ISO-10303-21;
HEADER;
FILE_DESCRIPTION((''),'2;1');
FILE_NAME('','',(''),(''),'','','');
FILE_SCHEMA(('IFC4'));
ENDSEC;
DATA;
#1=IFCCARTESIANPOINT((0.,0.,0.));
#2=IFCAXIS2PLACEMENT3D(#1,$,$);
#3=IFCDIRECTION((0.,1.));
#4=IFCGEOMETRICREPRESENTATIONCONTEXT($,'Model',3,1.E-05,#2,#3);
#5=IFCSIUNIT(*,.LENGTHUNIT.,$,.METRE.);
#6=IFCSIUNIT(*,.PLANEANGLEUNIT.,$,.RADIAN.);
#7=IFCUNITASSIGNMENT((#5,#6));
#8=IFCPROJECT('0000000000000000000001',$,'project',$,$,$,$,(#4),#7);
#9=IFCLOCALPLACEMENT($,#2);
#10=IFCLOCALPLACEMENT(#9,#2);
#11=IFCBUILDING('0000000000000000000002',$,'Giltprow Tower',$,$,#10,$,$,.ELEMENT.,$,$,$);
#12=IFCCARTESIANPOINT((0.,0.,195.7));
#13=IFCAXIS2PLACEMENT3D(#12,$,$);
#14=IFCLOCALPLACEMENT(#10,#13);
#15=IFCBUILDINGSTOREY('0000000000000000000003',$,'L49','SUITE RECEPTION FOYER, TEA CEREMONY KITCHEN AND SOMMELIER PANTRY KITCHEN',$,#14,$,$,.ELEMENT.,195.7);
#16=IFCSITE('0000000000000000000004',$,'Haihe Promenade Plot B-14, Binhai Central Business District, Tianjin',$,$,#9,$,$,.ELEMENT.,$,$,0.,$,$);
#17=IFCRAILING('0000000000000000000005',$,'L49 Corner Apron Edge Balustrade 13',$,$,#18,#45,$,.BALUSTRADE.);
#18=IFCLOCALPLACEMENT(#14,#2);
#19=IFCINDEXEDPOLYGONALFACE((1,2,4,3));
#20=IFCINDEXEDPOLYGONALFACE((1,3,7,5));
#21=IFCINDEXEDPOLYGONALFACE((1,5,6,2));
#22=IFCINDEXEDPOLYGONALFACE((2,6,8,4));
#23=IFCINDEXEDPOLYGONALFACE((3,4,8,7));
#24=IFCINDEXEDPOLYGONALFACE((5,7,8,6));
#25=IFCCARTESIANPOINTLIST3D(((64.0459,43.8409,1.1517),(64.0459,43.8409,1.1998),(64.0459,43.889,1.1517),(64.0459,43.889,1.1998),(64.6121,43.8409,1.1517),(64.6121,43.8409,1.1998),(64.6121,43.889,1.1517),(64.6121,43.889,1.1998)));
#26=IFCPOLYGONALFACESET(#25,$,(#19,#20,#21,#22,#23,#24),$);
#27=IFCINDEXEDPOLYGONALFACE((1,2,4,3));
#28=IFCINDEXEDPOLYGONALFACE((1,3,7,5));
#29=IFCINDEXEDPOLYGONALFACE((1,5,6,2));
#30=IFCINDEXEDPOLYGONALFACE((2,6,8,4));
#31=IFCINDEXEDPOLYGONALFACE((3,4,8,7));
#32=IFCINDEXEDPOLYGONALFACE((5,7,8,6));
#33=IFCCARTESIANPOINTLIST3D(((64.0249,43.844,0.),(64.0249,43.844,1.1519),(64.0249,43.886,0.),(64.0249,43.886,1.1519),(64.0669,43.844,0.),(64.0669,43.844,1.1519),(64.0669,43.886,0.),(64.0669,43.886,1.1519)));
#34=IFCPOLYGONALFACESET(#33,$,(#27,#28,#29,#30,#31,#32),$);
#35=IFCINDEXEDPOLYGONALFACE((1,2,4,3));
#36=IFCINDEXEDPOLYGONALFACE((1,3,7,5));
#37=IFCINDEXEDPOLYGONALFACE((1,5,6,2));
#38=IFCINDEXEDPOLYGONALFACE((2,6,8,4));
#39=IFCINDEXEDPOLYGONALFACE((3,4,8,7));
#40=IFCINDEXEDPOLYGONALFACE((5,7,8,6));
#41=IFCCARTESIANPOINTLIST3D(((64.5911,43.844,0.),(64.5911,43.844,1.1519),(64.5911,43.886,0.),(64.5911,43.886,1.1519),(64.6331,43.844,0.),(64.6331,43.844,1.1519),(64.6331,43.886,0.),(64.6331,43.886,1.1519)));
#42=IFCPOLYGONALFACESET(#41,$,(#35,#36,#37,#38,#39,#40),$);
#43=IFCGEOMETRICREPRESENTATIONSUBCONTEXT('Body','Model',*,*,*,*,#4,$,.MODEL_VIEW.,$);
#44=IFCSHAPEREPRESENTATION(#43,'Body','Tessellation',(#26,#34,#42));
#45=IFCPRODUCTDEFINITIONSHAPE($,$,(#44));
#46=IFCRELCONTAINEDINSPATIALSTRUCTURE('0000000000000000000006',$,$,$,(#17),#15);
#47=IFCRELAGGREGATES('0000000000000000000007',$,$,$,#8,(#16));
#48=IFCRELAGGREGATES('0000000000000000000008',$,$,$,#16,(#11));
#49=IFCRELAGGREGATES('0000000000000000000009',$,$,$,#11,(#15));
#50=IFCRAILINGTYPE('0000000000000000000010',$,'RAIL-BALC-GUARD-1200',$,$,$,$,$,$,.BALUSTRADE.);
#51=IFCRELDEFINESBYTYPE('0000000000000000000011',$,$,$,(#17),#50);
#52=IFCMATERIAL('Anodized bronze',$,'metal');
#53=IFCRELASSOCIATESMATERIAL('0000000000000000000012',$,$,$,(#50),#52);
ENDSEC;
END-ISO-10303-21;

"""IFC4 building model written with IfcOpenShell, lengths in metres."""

from ifc_helpers import new_model, si_unit, direction, frame, origin, origin_2d, place, context, subcontext, project, spatial, rectangle, extrude, material, type_object, element, save


model = new_model("IFC4")

# Units and contexts
model_context = context("Model", 3, precision=1e-05, world=origin(), true_north=direction((0.0, 1.0)))
body_context = subcontext(model_context, "Body", "Model", "MODEL_VIEW")
ifc_project = project(units=[si_unit("LENGTHUNIT", "METRE"), si_unit("PLANEANGLEUNIT", "RADIAN")], contexts=[model_context])

# Site, building, storey
site_placement = place(None, origin())
site = spatial("IfcSite", under=ifc_project, at=site_placement, Name="Haihe Promenade Plot B-14, Binhai Central Business District, Tianjin", CompositionType="ELEMENT", RefElevation=0.0)
building_placement = place(site_placement, origin())
building = spatial("IfcBuilding", under=site, at=building_placement, Name="Giltprow Tower", CompositionType="ELEMENT")
storey_placement = place(building_placement, frame((0.0, 0.0, 195.7)))
storey = spatial("IfcBuildingStorey", under=building, at=storey_placement, Name="L49", Description="SUITE RECEPTION FOYER, TEA CEREMONY KITCHEN AND SOMMELIER PANTRY KITCHEN", CompositionType="ELEMENT", Elevation=195.7)

# Railing
ifc_material_1 = material(Name="Anodized bronze", Category="metal")
railing_type_1 = type_object("IfcRailingType", Name="RAIL-BALC-GUARD-1200", PredefinedType="BALUSTRADE", material=ifc_material_1)
railing_1_placement = place(storey_placement, frame((64.0459, 43.865, 0.0)))
element("IfcRailing", 1, at=railing_1_placement, inside=storey, type_object=railing_type_1, Name="L49 Corner Apron Edge Balustrade 13", PredefinedType="BALUSTRADE", context=body_context, shape_type="SweptSolid", body=[
    extrude(rectangle(XDim=0.0481, YDim=0.0481, at=origin_2d()), frame((0.0, 0.0, 1.1758), z_axis=(1.0, 0.0, 0.0), x_axis=(0.0, 1.0, 0.0)), (0.0, 0.0, 1.0), 0.5662),
    extrude(rectangle(XDim=0.042, YDim=0.042, at=origin_2d()), origin(), (0.0, 0.0, 1.0), 1.1519),
    extrude(rectangle(XDim=0.042, YDim=0.042, at=origin_2d()), frame((0.5662, 0.0, 0.0)), (0.0, 0.0, 1.0), 1.1519),
])

save(model, "model.ifc")
